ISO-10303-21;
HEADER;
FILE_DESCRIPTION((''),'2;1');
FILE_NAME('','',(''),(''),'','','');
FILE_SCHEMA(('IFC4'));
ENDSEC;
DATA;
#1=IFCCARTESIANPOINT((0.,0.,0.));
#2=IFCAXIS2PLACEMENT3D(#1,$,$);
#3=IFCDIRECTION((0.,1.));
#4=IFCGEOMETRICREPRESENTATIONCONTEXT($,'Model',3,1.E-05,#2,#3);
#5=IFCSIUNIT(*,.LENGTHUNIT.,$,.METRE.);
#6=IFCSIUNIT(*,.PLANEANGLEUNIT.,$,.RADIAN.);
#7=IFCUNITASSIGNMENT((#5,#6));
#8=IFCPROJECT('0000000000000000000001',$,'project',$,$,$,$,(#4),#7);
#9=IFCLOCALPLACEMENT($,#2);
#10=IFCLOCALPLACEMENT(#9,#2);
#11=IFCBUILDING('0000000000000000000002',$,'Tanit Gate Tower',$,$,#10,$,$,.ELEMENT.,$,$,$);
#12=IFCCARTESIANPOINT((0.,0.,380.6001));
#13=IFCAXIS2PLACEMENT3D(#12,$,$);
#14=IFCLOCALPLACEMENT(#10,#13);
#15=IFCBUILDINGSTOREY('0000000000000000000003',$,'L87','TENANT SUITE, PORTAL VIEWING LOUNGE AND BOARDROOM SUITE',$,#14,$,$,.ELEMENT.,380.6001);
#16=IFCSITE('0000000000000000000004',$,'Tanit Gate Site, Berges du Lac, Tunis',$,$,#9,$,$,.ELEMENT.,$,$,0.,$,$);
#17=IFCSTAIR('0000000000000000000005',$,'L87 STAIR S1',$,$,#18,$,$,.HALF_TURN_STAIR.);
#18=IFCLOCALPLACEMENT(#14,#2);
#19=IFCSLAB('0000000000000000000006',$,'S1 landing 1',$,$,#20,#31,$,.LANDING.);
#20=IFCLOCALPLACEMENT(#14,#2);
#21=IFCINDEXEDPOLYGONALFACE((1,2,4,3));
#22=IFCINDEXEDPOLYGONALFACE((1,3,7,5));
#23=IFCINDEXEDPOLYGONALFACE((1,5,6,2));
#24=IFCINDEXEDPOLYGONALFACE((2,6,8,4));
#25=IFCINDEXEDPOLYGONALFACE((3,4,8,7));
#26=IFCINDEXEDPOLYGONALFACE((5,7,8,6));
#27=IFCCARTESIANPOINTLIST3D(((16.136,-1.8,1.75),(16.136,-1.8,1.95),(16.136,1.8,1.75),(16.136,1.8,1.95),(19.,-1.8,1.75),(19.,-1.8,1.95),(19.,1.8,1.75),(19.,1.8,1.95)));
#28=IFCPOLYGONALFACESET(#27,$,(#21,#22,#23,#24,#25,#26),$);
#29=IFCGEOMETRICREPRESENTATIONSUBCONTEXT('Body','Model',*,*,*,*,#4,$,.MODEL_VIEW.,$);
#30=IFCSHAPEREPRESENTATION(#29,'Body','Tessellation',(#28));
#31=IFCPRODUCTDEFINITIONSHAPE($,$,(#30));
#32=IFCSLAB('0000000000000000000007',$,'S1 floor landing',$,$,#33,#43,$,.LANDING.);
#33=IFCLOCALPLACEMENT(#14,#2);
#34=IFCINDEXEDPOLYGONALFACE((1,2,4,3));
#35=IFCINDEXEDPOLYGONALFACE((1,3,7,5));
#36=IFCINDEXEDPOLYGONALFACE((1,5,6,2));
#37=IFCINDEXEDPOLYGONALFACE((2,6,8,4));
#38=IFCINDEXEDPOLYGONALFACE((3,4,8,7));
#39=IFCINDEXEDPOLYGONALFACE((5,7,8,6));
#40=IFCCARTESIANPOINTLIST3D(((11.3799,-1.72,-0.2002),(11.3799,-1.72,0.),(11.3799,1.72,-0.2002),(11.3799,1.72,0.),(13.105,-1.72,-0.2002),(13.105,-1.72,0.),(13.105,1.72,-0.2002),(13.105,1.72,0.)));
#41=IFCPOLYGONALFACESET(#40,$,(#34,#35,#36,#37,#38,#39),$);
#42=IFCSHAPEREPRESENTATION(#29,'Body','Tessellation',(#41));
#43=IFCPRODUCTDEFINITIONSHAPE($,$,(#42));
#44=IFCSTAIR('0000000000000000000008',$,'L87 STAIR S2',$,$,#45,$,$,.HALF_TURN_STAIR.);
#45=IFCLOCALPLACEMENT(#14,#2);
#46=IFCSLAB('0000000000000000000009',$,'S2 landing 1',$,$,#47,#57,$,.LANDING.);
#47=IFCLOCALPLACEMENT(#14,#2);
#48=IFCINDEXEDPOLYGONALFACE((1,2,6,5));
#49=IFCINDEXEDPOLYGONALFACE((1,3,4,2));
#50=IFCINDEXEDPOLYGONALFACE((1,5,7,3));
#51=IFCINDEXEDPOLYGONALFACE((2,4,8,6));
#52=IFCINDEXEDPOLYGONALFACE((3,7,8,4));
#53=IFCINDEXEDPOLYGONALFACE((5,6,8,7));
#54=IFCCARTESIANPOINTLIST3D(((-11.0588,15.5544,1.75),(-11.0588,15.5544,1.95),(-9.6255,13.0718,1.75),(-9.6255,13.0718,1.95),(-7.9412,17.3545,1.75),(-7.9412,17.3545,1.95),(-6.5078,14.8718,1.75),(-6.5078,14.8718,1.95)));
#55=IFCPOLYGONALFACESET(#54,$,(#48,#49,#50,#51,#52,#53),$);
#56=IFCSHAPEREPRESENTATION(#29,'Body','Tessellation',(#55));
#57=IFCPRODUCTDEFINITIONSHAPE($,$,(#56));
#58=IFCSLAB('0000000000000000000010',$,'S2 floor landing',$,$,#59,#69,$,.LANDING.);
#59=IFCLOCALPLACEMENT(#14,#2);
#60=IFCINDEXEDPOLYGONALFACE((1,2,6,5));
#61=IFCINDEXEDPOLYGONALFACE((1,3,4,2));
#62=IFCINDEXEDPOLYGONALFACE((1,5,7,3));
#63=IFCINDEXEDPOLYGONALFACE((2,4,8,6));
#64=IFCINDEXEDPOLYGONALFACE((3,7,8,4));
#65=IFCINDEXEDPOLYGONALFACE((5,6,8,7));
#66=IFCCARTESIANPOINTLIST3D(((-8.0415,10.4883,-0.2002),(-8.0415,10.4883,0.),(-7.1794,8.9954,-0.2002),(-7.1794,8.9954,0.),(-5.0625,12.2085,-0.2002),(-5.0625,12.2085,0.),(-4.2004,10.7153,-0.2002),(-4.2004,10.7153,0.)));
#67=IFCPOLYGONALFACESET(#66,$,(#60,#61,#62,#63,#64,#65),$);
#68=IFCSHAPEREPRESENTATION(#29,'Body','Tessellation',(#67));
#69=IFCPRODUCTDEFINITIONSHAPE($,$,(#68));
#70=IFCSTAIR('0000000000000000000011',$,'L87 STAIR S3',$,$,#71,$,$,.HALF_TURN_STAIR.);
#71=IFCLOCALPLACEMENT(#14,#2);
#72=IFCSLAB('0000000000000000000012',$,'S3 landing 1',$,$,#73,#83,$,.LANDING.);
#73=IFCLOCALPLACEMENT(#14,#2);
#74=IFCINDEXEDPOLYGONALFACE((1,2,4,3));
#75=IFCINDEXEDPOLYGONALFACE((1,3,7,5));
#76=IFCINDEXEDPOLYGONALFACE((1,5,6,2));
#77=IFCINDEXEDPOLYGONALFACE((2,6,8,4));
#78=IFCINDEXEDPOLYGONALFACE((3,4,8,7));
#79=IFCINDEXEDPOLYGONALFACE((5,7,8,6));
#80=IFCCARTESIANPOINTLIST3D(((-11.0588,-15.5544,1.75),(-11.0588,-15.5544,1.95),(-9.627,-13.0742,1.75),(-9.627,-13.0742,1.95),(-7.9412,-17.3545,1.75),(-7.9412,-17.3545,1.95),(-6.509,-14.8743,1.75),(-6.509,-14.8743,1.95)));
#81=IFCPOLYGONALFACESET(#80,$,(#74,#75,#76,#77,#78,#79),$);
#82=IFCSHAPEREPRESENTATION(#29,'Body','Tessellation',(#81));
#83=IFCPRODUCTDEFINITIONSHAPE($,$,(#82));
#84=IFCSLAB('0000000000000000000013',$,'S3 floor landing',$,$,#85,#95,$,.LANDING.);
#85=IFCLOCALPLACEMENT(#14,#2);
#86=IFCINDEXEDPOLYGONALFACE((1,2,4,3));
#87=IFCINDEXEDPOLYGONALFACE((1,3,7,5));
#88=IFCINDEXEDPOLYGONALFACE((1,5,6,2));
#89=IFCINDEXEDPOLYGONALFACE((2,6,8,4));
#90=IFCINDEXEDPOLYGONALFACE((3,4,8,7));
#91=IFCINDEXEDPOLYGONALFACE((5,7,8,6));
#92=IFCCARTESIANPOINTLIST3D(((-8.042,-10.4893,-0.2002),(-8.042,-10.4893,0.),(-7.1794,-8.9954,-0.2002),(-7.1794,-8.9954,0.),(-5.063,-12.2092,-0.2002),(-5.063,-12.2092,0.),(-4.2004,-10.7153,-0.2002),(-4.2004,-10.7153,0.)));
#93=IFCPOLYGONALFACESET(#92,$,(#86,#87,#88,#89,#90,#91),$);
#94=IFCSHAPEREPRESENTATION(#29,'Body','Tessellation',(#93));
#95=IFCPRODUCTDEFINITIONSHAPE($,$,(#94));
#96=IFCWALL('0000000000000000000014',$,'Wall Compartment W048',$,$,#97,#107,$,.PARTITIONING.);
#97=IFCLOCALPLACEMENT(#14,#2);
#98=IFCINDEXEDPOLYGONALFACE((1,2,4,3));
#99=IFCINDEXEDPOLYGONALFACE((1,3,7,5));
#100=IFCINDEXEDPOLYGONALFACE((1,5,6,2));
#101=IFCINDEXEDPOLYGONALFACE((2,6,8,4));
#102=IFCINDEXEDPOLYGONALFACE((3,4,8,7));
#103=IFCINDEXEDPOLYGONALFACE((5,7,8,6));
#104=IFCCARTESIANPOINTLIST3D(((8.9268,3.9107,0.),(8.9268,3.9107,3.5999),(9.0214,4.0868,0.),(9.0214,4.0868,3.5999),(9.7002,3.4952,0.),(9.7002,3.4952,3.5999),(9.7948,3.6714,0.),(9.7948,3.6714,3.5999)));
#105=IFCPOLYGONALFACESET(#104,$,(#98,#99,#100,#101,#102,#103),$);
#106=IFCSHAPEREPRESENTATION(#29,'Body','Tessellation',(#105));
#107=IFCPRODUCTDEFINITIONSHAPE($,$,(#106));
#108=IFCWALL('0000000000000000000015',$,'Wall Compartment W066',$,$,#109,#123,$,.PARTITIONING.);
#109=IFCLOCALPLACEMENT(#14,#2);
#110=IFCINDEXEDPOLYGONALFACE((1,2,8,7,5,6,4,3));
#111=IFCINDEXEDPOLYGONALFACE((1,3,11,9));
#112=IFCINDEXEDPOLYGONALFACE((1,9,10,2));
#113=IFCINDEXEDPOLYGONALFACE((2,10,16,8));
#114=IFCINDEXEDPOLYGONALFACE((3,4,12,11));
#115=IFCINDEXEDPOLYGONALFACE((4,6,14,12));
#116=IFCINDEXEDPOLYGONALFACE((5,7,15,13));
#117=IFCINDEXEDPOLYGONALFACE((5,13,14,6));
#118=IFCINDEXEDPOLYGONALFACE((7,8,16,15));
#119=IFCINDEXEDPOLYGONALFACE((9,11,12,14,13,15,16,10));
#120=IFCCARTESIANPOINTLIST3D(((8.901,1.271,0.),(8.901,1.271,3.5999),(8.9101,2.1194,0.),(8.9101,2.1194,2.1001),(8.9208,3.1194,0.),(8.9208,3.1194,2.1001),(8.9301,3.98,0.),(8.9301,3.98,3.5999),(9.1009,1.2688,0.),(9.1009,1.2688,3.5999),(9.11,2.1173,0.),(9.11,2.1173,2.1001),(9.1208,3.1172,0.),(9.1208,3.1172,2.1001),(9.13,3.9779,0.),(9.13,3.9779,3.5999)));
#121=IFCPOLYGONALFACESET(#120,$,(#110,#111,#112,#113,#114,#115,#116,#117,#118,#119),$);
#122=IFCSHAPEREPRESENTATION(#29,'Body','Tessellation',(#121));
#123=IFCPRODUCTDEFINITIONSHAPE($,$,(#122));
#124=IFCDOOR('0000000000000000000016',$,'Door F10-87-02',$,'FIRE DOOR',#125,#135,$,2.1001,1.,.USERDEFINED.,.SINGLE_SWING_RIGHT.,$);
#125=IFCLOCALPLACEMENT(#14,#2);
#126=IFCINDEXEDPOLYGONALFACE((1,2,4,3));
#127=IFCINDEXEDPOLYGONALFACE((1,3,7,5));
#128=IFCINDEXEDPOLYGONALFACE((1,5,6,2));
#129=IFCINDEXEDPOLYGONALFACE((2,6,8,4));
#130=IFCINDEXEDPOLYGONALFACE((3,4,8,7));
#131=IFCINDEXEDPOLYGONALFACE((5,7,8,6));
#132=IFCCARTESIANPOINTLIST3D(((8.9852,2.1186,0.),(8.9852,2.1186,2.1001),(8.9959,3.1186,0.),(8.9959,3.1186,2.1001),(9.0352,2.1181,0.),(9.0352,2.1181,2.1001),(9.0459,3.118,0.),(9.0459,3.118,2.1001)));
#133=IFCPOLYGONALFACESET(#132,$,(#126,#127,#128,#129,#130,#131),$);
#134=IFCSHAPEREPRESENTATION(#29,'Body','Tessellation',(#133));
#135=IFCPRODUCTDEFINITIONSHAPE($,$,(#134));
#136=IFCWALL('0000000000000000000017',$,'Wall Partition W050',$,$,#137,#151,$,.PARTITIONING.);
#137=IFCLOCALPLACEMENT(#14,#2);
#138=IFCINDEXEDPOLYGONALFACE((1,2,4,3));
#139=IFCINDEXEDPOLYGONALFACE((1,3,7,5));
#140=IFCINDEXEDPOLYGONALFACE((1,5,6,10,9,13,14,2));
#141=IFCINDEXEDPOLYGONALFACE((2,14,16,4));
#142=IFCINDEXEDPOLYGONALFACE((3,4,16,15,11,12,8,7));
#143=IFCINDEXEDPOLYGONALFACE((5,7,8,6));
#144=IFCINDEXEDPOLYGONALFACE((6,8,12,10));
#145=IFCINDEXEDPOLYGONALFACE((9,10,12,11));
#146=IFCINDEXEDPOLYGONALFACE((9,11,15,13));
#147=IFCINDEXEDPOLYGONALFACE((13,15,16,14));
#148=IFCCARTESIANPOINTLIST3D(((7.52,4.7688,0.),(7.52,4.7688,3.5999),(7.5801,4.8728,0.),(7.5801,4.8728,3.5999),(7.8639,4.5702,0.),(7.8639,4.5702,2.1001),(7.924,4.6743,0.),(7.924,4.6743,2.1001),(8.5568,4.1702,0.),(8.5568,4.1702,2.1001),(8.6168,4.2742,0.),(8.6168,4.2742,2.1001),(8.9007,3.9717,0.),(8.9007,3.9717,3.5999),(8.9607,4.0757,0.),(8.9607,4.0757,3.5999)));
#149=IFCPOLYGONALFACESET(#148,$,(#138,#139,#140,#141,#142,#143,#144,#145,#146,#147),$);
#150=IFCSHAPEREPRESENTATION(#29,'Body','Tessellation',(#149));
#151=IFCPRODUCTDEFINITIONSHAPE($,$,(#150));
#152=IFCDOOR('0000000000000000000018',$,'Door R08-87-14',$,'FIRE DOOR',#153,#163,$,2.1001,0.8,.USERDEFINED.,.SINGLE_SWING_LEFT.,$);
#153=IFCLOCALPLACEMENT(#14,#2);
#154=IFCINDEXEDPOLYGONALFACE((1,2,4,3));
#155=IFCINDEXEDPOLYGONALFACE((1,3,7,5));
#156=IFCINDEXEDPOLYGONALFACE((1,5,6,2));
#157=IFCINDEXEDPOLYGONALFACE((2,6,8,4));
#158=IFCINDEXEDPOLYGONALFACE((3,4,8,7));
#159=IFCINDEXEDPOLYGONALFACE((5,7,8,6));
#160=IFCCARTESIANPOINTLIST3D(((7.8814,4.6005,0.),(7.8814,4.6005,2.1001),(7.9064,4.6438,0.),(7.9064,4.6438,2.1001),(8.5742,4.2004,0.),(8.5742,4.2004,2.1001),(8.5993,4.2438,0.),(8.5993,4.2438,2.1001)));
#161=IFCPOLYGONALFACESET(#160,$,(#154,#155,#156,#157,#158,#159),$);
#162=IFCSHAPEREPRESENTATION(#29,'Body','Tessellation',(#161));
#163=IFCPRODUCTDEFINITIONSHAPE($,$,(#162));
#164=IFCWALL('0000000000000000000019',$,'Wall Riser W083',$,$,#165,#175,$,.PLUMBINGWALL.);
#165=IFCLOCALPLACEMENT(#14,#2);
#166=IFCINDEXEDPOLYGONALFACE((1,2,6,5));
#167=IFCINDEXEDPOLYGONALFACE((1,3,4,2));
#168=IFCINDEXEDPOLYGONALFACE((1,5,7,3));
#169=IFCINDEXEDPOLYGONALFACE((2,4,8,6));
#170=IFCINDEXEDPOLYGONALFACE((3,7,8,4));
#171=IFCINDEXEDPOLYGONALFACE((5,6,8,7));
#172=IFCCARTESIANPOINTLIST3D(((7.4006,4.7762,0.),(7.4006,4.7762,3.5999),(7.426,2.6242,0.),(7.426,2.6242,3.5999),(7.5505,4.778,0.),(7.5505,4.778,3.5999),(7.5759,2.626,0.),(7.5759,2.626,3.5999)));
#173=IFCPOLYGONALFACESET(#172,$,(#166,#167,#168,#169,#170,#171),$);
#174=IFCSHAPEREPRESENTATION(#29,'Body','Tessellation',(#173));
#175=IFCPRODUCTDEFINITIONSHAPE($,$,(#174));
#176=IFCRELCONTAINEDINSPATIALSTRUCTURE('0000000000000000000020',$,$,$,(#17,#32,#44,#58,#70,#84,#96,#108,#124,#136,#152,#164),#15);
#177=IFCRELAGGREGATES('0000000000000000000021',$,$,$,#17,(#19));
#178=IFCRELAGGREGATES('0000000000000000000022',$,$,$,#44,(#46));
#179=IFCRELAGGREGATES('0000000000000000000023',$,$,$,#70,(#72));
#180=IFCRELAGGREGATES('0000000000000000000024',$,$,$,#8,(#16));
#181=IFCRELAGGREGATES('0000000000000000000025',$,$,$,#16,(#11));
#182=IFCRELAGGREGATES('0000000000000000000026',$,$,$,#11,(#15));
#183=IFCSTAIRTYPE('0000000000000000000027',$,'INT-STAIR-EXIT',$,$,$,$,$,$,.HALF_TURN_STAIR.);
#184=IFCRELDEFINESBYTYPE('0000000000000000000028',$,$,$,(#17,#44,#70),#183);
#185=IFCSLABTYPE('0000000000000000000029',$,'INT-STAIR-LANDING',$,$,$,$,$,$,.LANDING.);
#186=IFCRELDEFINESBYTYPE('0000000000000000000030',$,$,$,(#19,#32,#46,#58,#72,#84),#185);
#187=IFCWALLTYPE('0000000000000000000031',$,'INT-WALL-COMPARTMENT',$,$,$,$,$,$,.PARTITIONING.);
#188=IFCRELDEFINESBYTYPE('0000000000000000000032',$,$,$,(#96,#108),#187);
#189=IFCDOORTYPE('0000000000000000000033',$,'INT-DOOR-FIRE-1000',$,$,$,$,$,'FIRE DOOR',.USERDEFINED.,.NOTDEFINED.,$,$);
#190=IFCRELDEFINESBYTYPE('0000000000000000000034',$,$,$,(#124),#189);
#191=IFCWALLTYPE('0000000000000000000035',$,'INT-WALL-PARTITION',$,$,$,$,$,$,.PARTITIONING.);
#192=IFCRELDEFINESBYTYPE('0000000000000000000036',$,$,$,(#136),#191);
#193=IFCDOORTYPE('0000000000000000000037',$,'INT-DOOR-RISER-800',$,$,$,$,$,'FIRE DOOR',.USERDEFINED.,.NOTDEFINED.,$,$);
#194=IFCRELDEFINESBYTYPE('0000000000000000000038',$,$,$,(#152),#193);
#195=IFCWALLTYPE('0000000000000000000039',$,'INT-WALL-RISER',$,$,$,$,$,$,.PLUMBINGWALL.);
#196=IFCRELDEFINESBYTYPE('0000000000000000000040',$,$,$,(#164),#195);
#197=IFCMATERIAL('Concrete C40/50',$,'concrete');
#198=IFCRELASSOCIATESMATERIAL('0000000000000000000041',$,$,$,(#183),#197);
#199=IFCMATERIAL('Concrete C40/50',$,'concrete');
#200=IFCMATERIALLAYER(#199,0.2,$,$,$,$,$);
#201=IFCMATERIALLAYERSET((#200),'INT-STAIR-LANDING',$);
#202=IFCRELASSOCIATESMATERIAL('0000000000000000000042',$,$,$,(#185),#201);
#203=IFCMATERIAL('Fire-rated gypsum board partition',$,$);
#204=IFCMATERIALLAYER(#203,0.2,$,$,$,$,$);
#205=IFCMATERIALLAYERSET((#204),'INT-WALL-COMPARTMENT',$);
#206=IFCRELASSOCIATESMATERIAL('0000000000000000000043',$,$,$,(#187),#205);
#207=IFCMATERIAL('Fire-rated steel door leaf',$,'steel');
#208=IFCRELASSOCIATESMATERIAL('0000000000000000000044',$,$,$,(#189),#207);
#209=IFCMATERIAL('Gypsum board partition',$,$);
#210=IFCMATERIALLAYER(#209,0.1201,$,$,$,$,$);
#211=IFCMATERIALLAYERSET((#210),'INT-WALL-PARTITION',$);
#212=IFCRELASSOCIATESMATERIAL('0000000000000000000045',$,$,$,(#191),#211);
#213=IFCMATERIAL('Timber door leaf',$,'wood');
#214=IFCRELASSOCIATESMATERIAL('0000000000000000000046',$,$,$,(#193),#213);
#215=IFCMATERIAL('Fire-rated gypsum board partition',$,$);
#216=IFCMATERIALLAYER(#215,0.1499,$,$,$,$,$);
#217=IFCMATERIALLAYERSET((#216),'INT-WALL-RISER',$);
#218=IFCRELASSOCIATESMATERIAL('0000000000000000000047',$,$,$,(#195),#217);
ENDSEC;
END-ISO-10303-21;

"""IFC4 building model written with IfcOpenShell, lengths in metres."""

from ifc_helpers import new_model, si_unit, direction, frame, frame_2d, origin, place, context, subcontext, project, spatial, polyline, rectangle, outline, extrude, material, layer, layer_set, type_object, element, fill, aggregate, save


model = new_model("IFC4")

# Units and contexts
model_context = context("Model", 3, precision=1e-05, world=origin(), true_north=direction((0.0, 1.0)))
body_context = subcontext(model_context, "Body", "Model", "MODEL_VIEW")
ifc_project = project(units=[si_unit("LENGTHUNIT", "METRE"), si_unit("PLANEANGLEUNIT", "RADIAN")], contexts=[model_context])

# Site, building, storey
site_placement = place(None, origin())
site = spatial("IfcSite", under=ifc_project, at=site_placement, Name="Tanit Gate Site, Berges du Lac, Tunis", CompositionType="ELEMENT", RefElevation=0.0)
building_placement = place(site_placement, origin())
building = spatial("IfcBuilding", under=site, at=building_placement, Name="Tanit Gate Tower", CompositionType="ELEMENT")
storey_placement = place(building_placement, frame((0.0, 0.0, 380.6001)))
storey = spatial("IfcBuildingStorey", under=building, at=storey_placement, Name="L87", Description="TENANT SUITE, PORTAL VIEWING LOUNGE AND BOARDROOM SUITE", CompositionType="ELEMENT", Elevation=380.6001)

# Stair, slab
ifc_material_1 = material(Name="Concrete C40/50", Category="concrete")
stair_type = type_object("IfcStairType", Name="INT-STAIR-EXIT", PredefinedType="HALF_TURN_STAIR", material=ifc_material_1)
stair_1_placement = place(storey_placement, origin())
stair_1 = element("IfcStair", 1, at=stair_1_placement, inside=storey, type_object=stair_type, Name="L87 STAIR S1", PredefinedType="HALF_TURN_STAIR")
ifc_material_2 = material(Name="Concrete C40/50", Category="concrete")
ifc_layer_1 = layer(ifc_material_2, 0.2)
ifc_layer_set_1 = layer_set([ifc_layer_1], Name="INT-STAIR-LANDING")
slab_type = type_object("IfcSlabType", Name="INT-STAIR-LANDING", PredefinedType="LANDING", material=ifc_layer_set_1)
slab_1_placement = place(storey_placement, frame((0.0, 0.0, 1.75)))
slab_1 = element("IfcSlab", 2, at=slab_1_placement, type_object=slab_type, Name="S1 landing 1", PredefinedType="LANDING", context=body_context, shape_type="SweptSolid", body=[
    extrude(outline(polyline([(16.136, -1.8), (19.0, -1.8), (19.0, 1.8), (16.136, 1.8), (16.136, -1.8)])), origin(), (0.0, 0.0, 1.0), 0.2),
])
aggregate(stair_1, [slab_1])

# Slab
slab_2_placement = place(storey_placement, frame((0.0, 0.0, -0.2002)))
element("IfcSlab", 3, at=slab_2_placement, inside=storey, type_object=slab_type, Name="S1 floor landing", PredefinedType="LANDING", context=body_context, shape_type="SweptSolid", body=[
    extrude(outline(polyline([(11.3799, -1.72), (13.105, -1.72), (13.105, 1.72), (11.3799, 1.72), (11.3799, -1.72)])), origin(), (0.0, 0.0, 1.0), 0.2002),
])

# Stair, slab
stair_2_placement = place(storey_placement, origin())
stair_2 = element("IfcStair", 4, at=stair_2_placement, inside=storey, type_object=stair_type, Name="L87 STAIR S2", PredefinedType="HALF_TURN_STAIR")
slab_3_placement = place(storey_placement, frame((0.0, 0.0, 1.75)))
slab_3 = element("IfcSlab", 5, at=slab_3_placement, type_object=slab_type, Name="S2 landing 1", PredefinedType="LANDING", context=body_context, shape_type="SweptSolid", body=[
    extrude(outline(polyline([(-6.5078, 14.8718), (-7.9412, 17.3545), (-11.0588, 15.5544), (-9.6255, 13.0718), (-6.5078, 14.8718)])), origin(), (0.0, 0.0, 1.0), 0.2),
])
aggregate(stair_2, [slab_3])

# Slab
slab_4_placement = place(storey_placement, frame((0.0, 0.0, -0.2002)))
element("IfcSlab", 6, at=slab_4_placement, inside=storey, type_object=slab_type, Name="S2 floor landing", PredefinedType="LANDING", context=body_context, shape_type="SweptSolid", body=[
    extrude(outline(polyline([(-4.2004, 10.7153), (-5.0625, 12.2085), (-8.0415, 10.4883), (-7.1794, 8.9954), (-4.2004, 10.7153)])), origin(), (0.0, 0.0, 1.0), 0.2002),
])

# Stair, slab
stair_3_placement = place(storey_placement, origin())
stair_3 = element("IfcStair", 7, at=stair_3_placement, inside=storey, type_object=stair_type, Name="L87 STAIR S3", PredefinedType="HALF_TURN_STAIR")
slab_5_placement = place(storey_placement, frame((0.0, 0.0, 1.75)))
slab_5 = element("IfcSlab", 8, at=slab_5_placement, type_object=slab_type, Name="S3 landing 1", PredefinedType="LANDING", context=body_context, shape_type="SweptSolid", body=[
    extrude(outline(polyline([(-9.627, -13.0742), (-11.0588, -15.5544), (-7.9412, -17.3545), (-6.509, -14.8743), (-9.627, -13.0742)])), origin(), (0.0, 0.0, 1.0), 0.2),
])
aggregate(stair_3, [slab_5])

# Slab
slab_6_placement = place(storey_placement, frame((0.0, 0.0, -0.2002)))
element("IfcSlab", 9, at=slab_6_placement, inside=storey, type_object=slab_type, Name="S3 floor landing", PredefinedType="LANDING", context=body_context, shape_type="SweptSolid", body=[
    extrude(outline(polyline([(-7.1794, -8.9954), (-8.042, -10.4893), (-5.063, -12.2092), (-4.2004, -10.7153), (-7.1794, -8.9954)])), origin(), (0.0, 0.0, 1.0), 0.2002),
])

# Wall
ifc_material_3 = material(Name="Fire-rated gypsum board partition")
ifc_layer_2 = layer(ifc_material_3, 0.2)
ifc_layer_set_2 = layer_set([ifc_layer_2], Name="INT-WALL-COMPARTMENT")
wall_type_1 = type_object("IfcWallType", Name="INT-WALL-COMPARTMENT", PredefinedType="PARTITIONING", material=ifc_layer_set_2)
wall_1_placement = place(storey_placement, frame((8.9741, 3.9988, 0.0), z_axis=(0.0, 0.0, 1.0), x_axis=(0.880917, -0.473271, 0.0)))
element("IfcWall", 10, at=wall_1_placement, inside=storey, type_object=wall_type_1, Name="Wall Compartment W048", PredefinedType="PARTITIONING", context=body_context, shape_type="SweptSolid", body=[
    extrude(rectangle(XDim=0.8779, YDim=0.2, at=frame_2d((0.439, 0.0))), origin(), (0.0, 0.0, 1.0), 3.5999),
])

# Walls, openings, doors
wall_2_placement = place(storey_placement, frame((9.001, 1.27, 0.0), z_axis=(0.0, 0.0, 1.0), x_axis=(0.010724, 0.999942, 0.0)))
wall_2 = element("IfcWall", 11, at=wall_2_placement, inside=storey, type_object=wall_type_1, Name="Wall Compartment W066", PredefinedType="PARTITIONING", context=body_context, shape_type="SweptSolid", body=[
    extrude(rectangle(XDim=2.7092, YDim=0.2, at=frame_2d((1.3545, 0.0))), origin(), (0.0, 0.0, 1.0), 3.5999),
])
opening_1_placement = place(wall_2_placement, frame((0.8484, 0.0, 0.0)))
opening_1 = element("IfcOpeningElement", 12, at=opening_1_placement, cuts=wall_2, PredefinedType="OPENING", context=body_context, shape_type="SweptSolid", body=[
    extrude(rectangle(XDim=1.0, YDim=2.1001, at=frame_2d((0.5, 1.05))), frame((0.0, 0.1099, 0.0), z_axis=(0.0, -1.0, 0.0), x_axis=(1.0, 0.0, 0.0)), (0.0, 0.0, 1.0), 0.22),
])
ifc_material_4 = material(Name="Fire-rated steel door leaf", Category="steel")
door_type_1 = type_object("IfcDoorType", Name="INT-DOOR-FIRE-1000", ElementType="FIRE DOOR", OperationType="NOTDEFINED", PredefinedType="USERDEFINED", material=ifc_material_4)
door_1_placement = place(opening_1_placement, origin())
door_1 = element("IfcDoor", 13, at=door_1_placement, inside=storey, type_object=door_type_1, Name="Door F10-87-02", ObjectType="FIRE DOOR", OperationType="SINGLE_SWING_RIGHT", OverallHeight=2.1001, OverallWidth=1.0, PredefinedType="USERDEFINED", context=body_context, shape_type="SweptSolid", body=[
    extrude(rectangle(XDim=1.0, YDim=2.1001, at=frame_2d((0.5, 1.05))), frame((0.0, 0.0249, 0.0), z_axis=(0.0, -1.0, 0.0), x_axis=(1.0, 0.0, 0.0)), (0.0, 0.0, 1.0), 0.05),
])
fill(opening_1, door_1)
ifc_material_5 = material(Name="Gypsum board partition")
ifc_layer_3 = layer(ifc_material_5, 0.1201)
ifc_layer_set_3 = layer_set([ifc_layer_3], Name="INT-WALL-PARTITION")
wall_type_2 = type_object("IfcWallType", Name="INT-WALL-PARTITION", PredefinedType="PARTITIONING", material=ifc_layer_set_3)
wall_3_placement = place(storey_placement, frame((7.55, 4.8208, 0.0), z_axis=(0.0, 0.0, 1.0), x_axis=(0.86602, -0.50001, 0.0)))
wall_3 = element("IfcWall", 14, at=wall_3_placement, inside=storey, type_object=wall_type_2, Name="Wall Partition W050", PredefinedType="PARTITIONING", context=body_context, shape_type="SweptSolid", body=[
    extrude(rectangle(XDim=1.5942, YDim=0.1201, at=frame_2d((0.7971, 0.0))), origin(), (0.0, 0.0, 1.0), 3.5999),
])
opening_2_placement = place(wall_3_placement, frame((0.3972, 0.0, 0.0)))
opening_2 = element("IfcOpeningElement", 15, at=opening_2_placement, cuts=wall_3, PredefinedType="OPENING", context=body_context, shape_type="SweptSolid", body=[
    extrude(rectangle(XDim=0.8, YDim=2.1001, at=frame_2d((0.3999, 1.05))), frame((0.0, 0.0701, 0.0), z_axis=(0.0, -1.0, 0.0), x_axis=(1.0, 0.0, 0.0)), (0.0, 0.0, 1.0), 0.1401),
])
ifc_material_6 = material(Name="Timber door leaf", Category="wood")
door_type_2 = type_object("IfcDoorType", Name="INT-DOOR-RISER-800", ElementType="FIRE DOOR", OperationType="NOTDEFINED", PredefinedType="USERDEFINED", material=ifc_material_6)
door_2_placement = place(opening_2_placement, origin())
door_2 = element("IfcDoor", 16, at=door_2_placement, inside=storey, type_object=door_type_2, Name="Door R08-87-14", ObjectType="FIRE DOOR", OperationType="SINGLE_SWING_LEFT", OverallHeight=2.1001, OverallWidth=0.8, PredefinedType="USERDEFINED", context=body_context, shape_type="SweptSolid", body=[
    extrude(rectangle(XDim=0.8, YDim=2.1001, at=frame_2d((0.3999, 1.05))), frame((0.0, 0.0249, 0.0), z_axis=(0.0, -1.0, 0.0), x_axis=(1.0, 0.0, 0.0)), (0.0, 0.0, 1.0), 0.05),
])
fill(opening_2, door_2)

# Wall
ifc_material_7 = material(Name="Fire-rated gypsum board partition")
ifc_layer_4 = layer(ifc_material_7, 0.1499)
ifc_layer_set_4 = layer_set([ifc_layer_4], Name="INT-WALL-RISER")
wall_type_3 = type_object("IfcWallType", Name="INT-WALL-RISER", PredefinedType="PLUMBINGWALL", material=ifc_layer_set_4)
wall_4_placement = place(storey_placement, frame((7.501, 2.625, 0.0), z_axis=(0.0, 0.0, 1.0), x_axis=(-0.011799, 0.99993, 0.0)))
element("IfcWall", 17, at=wall_4_placement, inside=storey, type_object=wall_type_3, Name="Wall Riser W083", PredefinedType="PLUMBINGWALL", context=body_context, shape_type="SweptSolid", body=[
    extrude(rectangle(XDim=2.1521, YDim=0.1499, at=frame_2d((1.0762, 0.0))), origin(), (0.0, 0.0, 1.0), 3.5999),
])

save(model, "model.ifc")
